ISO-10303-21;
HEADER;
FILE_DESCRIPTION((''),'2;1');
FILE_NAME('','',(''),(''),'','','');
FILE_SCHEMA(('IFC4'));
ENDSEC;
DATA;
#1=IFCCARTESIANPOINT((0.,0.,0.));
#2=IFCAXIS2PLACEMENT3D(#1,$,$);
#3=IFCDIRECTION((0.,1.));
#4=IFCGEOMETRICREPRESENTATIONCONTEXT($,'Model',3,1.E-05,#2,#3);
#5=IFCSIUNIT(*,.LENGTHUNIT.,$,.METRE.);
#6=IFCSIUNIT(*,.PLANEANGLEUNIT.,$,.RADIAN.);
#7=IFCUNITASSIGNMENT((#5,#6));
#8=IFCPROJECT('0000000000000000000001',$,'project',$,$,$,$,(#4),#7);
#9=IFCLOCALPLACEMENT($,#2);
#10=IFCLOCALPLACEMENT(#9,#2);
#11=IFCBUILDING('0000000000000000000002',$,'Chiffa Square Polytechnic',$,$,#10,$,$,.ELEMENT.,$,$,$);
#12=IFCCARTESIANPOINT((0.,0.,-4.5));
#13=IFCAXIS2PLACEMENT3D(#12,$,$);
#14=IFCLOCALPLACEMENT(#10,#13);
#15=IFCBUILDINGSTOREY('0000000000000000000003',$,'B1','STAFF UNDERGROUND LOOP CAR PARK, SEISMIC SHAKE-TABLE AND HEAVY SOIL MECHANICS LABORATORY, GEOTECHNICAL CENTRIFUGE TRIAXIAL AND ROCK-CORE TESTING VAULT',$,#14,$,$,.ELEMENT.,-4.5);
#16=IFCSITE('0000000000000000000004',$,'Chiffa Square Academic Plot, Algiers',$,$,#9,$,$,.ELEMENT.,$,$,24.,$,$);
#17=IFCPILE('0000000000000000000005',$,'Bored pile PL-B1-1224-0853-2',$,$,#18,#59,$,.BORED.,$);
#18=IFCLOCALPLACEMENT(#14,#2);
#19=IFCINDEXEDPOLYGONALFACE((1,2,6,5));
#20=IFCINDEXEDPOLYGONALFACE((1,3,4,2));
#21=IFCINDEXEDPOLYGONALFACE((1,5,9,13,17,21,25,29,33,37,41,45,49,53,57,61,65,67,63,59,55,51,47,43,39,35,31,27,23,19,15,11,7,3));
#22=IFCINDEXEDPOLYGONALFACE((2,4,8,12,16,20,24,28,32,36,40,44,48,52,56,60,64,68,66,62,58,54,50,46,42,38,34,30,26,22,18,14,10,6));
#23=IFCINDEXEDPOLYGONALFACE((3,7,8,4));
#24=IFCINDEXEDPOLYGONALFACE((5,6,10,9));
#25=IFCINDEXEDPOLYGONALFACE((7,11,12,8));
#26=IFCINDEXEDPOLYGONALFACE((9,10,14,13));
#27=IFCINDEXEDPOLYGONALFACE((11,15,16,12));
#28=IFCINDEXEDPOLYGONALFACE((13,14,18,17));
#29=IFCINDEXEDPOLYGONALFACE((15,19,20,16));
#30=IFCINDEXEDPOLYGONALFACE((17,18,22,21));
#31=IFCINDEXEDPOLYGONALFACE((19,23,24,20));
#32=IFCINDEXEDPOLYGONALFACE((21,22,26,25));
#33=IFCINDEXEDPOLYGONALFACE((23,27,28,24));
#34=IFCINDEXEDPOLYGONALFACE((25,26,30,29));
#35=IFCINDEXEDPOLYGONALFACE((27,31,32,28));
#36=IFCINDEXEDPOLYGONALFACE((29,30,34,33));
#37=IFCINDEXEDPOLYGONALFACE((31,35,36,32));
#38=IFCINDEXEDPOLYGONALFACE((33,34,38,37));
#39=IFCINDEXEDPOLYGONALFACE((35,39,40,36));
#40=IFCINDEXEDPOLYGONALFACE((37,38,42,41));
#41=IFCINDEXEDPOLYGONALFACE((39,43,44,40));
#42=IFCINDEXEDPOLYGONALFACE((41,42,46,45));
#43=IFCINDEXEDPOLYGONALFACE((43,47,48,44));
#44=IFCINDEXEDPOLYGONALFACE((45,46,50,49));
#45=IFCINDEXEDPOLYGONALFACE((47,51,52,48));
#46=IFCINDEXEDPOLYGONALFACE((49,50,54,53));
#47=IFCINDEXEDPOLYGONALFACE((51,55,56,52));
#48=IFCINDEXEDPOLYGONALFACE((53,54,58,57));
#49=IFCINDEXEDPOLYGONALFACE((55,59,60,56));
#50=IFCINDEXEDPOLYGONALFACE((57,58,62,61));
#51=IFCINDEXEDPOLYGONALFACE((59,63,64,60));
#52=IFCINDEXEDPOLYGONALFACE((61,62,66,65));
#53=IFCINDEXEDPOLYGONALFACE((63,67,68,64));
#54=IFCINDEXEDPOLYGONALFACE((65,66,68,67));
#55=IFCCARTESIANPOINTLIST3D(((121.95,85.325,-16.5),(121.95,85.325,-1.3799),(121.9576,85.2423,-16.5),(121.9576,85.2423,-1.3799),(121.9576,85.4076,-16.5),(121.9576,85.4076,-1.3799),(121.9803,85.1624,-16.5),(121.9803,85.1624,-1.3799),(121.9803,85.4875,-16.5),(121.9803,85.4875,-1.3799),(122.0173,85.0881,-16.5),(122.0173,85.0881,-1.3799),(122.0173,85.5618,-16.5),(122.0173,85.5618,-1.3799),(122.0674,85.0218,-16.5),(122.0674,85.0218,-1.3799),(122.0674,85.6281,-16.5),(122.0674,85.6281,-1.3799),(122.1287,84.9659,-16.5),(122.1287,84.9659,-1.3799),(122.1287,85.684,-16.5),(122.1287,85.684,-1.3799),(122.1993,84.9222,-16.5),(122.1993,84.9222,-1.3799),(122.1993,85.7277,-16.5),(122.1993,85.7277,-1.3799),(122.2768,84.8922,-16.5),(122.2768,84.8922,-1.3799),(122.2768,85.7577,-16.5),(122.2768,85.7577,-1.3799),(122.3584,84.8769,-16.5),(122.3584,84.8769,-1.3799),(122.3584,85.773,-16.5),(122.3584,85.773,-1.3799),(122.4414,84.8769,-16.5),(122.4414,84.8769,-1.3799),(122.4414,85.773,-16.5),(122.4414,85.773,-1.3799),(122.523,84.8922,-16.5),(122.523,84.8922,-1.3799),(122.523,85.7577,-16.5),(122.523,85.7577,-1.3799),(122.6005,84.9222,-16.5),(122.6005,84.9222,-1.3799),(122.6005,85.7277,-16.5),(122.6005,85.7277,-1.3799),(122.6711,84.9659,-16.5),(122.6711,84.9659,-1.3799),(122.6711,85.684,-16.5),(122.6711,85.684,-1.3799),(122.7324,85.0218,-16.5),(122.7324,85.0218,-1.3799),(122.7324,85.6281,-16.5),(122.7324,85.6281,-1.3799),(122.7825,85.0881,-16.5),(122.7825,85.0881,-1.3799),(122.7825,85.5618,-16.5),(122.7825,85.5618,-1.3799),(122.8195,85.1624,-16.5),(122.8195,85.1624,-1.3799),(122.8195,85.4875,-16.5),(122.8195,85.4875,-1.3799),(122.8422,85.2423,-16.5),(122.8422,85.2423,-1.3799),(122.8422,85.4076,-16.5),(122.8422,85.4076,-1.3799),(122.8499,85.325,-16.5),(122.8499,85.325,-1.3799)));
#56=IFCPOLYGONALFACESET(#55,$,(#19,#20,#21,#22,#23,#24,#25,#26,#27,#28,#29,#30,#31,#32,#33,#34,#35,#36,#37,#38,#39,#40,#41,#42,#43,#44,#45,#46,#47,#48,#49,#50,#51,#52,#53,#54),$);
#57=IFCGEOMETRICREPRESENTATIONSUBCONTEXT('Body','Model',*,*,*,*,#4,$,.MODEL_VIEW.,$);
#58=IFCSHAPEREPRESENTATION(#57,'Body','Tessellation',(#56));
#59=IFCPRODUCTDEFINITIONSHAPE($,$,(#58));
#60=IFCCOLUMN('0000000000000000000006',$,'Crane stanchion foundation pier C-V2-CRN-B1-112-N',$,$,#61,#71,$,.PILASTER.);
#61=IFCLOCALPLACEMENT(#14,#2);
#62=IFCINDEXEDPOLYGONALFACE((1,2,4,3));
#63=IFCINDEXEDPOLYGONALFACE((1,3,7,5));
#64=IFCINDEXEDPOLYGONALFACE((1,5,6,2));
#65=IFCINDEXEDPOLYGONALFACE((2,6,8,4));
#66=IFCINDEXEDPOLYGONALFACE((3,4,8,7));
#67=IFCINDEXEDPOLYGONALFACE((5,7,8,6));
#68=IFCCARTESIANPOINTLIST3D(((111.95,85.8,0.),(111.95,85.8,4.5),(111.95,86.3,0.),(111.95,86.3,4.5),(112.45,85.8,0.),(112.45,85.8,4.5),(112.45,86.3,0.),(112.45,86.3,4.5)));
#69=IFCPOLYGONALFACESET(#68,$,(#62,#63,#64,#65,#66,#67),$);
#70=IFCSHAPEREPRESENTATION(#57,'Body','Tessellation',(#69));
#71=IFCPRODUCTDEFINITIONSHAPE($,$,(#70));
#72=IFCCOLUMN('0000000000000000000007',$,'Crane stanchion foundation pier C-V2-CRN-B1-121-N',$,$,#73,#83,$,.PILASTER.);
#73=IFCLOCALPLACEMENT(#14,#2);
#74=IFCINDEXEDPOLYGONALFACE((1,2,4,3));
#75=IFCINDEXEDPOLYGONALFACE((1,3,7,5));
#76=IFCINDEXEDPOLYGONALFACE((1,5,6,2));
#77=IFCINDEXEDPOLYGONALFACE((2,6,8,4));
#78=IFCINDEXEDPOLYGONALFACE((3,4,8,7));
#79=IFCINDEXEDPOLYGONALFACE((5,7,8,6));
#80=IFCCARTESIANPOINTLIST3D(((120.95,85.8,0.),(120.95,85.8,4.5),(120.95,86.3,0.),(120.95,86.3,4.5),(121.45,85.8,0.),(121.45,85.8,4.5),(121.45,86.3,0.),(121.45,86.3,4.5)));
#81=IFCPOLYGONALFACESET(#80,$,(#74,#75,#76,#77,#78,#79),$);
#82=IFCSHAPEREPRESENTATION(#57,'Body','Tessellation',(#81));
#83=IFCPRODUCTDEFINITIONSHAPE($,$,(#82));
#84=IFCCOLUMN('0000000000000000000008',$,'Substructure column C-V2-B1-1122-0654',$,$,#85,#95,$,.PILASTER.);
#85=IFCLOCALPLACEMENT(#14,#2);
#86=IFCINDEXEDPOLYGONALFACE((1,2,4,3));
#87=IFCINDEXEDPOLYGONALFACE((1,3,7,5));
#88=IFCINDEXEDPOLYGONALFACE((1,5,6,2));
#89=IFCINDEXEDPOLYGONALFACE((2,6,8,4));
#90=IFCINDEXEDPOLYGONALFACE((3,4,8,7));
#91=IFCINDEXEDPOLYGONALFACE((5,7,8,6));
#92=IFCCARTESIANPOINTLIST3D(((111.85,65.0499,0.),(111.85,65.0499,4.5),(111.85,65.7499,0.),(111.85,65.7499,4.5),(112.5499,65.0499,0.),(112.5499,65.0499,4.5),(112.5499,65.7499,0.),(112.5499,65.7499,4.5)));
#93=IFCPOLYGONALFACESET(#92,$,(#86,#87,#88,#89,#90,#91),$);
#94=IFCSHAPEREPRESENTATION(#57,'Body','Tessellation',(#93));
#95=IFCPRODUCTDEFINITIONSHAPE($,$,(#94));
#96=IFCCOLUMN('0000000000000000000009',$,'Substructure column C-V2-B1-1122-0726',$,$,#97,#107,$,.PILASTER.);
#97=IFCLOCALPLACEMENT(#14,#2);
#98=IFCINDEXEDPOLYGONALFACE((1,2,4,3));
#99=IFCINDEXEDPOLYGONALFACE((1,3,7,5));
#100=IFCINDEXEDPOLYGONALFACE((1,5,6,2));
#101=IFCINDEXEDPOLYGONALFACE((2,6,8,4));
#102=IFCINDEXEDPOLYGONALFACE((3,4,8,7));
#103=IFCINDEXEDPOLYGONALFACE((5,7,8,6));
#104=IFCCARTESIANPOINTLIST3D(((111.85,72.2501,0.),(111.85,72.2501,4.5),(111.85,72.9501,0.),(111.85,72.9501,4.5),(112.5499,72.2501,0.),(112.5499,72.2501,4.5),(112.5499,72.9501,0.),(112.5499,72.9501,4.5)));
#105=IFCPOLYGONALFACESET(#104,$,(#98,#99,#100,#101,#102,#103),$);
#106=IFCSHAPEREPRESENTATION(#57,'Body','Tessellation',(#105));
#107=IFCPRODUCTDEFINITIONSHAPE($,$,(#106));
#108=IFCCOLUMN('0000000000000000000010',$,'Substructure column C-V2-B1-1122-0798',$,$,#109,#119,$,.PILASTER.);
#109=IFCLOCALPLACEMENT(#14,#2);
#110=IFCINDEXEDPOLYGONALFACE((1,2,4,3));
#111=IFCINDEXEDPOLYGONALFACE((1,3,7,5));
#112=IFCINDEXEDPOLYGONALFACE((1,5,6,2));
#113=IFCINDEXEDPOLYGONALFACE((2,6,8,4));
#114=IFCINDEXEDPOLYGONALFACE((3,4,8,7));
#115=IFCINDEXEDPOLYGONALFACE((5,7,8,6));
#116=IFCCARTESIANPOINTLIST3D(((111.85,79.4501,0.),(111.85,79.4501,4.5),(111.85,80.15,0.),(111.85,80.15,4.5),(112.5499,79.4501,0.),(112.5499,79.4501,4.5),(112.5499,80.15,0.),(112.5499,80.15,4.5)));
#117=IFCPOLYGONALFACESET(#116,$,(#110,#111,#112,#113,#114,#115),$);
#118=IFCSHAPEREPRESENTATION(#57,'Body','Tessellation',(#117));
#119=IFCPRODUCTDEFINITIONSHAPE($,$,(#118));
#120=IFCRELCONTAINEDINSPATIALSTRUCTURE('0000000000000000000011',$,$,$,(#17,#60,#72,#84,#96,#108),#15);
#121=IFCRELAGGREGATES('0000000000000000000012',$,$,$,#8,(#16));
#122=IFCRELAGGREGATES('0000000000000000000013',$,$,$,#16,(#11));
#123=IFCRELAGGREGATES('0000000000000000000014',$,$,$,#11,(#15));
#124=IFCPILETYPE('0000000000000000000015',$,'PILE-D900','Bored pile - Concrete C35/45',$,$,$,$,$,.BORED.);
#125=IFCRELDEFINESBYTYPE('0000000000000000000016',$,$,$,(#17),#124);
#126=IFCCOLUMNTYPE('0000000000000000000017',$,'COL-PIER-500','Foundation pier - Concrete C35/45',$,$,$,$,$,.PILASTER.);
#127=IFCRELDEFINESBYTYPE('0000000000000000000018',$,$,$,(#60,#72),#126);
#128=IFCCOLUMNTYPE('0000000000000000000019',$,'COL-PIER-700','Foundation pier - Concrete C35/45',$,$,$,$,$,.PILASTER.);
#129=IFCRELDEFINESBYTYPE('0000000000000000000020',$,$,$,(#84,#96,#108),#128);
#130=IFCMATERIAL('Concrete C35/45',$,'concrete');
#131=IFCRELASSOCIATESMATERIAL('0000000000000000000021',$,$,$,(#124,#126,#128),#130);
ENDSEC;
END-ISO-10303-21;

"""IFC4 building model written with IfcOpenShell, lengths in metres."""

from ifc_helpers import new_model, si_unit, direction, frame, origin, origin_2d, place, context, subcontext, project, spatial, rectangle, circle, extrude, material, material_profile, profile_set, type_object, element, save


model = new_model("IFC4")

# Units and contexts
model_context = context("Model", 3, precision=1e-05, world=origin(), true_north=direction((0.0, 1.0)))
body_context = subcontext(model_context, "Body", "Model", "MODEL_VIEW")
ifc_project = project(units=[si_unit("LENGTHUNIT", "METRE"), si_unit("PLANEANGLEUNIT", "RADIAN")], contexts=[model_context])

# Site, building, storey
site_placement = place(None, origin())
site = spatial("IfcSite", under=ifc_project, at=site_placement, Name="Chiffa Square Academic Plot, Algiers", CompositionType="ELEMENT", RefElevation=24.0)
building_placement = place(site_placement, origin())
building = spatial("IfcBuilding", under=site, at=building_placement, Name="Chiffa Square Polytechnic", CompositionType="ELEMENT")
storey_placement = place(building_placement, frame((0.0, 0.0, -4.5)))
storey = spatial("IfcBuildingStorey", under=building, at=storey_placement, Name="B1", Description="STAFF UNDERGROUND LOOP CAR PARK, SEISMIC SHAKE-TABLE AND HEAVY SOIL MECHANICS LABORATORY, GEOTECHNICAL CENTRIFUGE TRIAXIAL AND ROCK-CORE TESTING VAULT", CompositionType="ELEMENT", Elevation=-4.5)

# Shared definitions
ifc_material = material(Name="Concrete C35/45", Category="concrete")

# Pile
ifc_material_profile_1 = material_profile(ifc_material, circle(Radius=0.45, at=origin_2d()), Name="PILE D900")
ifc_profile_set_1 = profile_set([ifc_material_profile_1], Name="Concrete C35/45")
pile_type_1 = type_object("IfcPileType", Name="PILE-D900", Description="Bored pile - Concrete C35/45", PredefinedType="BORED", material=ifc_profile_set_1)
for number, where, z_axis, x_axis, name in (
    (1, (122.3999, 85.325, -1.3799), (0.0, 0.0, -1.0), (1.0, 0.0, 0.0), "Bored pile PL-B1-1224-0853-2"),
):
    element("IfcPile", number, at=place(storey_placement, frame(where, z_axis=z_axis, x_axis=x_axis)), inside=storey, type_object=pile_type_1, Name=name, PredefinedType="BORED", context=body_context, shape_type="SweptSolid", body=[
        extrude(circle(Radius=0.45, at=origin_2d()), origin(), (0.0, 0.0, 1.0), 15.1201),
    ])

# Columns
ifc_material_profile_2 = material_profile(ifc_material, rectangle(XDim=0.5, YDim=0.5, at=origin_2d()), Name="RC 500x500")
ifc_profile_set_2 = profile_set([ifc_material_profile_2], Name="Concrete C35/45")
column_type_1 = type_object("IfcColumnType", Name="COL-PIER-500", Description="Foundation pier - Concrete C35/45", PredefinedType="PILASTER", material=ifc_profile_set_2)
for number, where, z_axis, x_axis, name in (
    (2, (112.2, 86.05, 0.0), (0.0, 0.0, 1.0), (1.0, 0.0, 0.0), "Crane stanchion foundation pier C-V2-CRN-B1-112-N"),
    (3, (121.2, 86.05, 0.0), (0.0, 0.0, 1.0), (1.0, 0.0, 0.0), "Crane stanchion foundation pier C-V2-CRN-B1-121-N"),
):
    element("IfcColumn", number, at=place(storey_placement, frame(where, z_axis=z_axis, x_axis=x_axis)), inside=storey, type_object=column_type_1, Name=name, PredefinedType="PILASTER", context=body_context, shape_type="SweptSolid", body=[
        extrude(rectangle(XDim=0.5, YDim=0.5, at=origin_2d()), origin(), (0.0, 0.0, 1.0), 4.5),
    ])
ifc_material_profile_3 = material_profile(ifc_material, rectangle(XDim=0.7, YDim=0.7, at=origin_2d()), Name="RC 700x700")
ifc_profile_set_3 = profile_set([ifc_material_profile_3], Name="Concrete C35/45")
column_type_2 = type_object("IfcColumnType", Name="COL-PIER-700", Description="Foundation pier - Concrete C35/45", PredefinedType="PILASTER", material=ifc_profile_set_3)
for number, where, z_axis, x_axis, name in (
    (4, (112.2, 65.3999, 0.0), (0.0, 0.0, 1.0), (1.0, 0.0, 0.0), "Substructure column C-V2-B1-1122-0654"),
    (5, (112.2, 72.6001, 0.0), (0.0, 0.0, 1.0), (1.0, 0.0, 0.0), "Substructure column C-V2-B1-1122-0726"),
    (6, (112.2, 79.8, 0.0), (0.0, 0.0, 1.0), (1.0, 0.0, 0.0), "Substructure column C-V2-B1-1122-0798"),
):
    element("IfcColumn", number, at=place(storey_placement, frame(where, z_axis=z_axis, x_axis=x_axis)), inside=storey, type_object=column_type_2, Name=name, PredefinedType="PILASTER", context=body_context, shape_type="SweptSolid", body=[
        extrude(rectangle(XDim=0.7, YDim=0.7, at=origin_2d()), origin(), (0.0, 0.0, 1.0), 4.5),
    ])

save(model, "model.ifc")
